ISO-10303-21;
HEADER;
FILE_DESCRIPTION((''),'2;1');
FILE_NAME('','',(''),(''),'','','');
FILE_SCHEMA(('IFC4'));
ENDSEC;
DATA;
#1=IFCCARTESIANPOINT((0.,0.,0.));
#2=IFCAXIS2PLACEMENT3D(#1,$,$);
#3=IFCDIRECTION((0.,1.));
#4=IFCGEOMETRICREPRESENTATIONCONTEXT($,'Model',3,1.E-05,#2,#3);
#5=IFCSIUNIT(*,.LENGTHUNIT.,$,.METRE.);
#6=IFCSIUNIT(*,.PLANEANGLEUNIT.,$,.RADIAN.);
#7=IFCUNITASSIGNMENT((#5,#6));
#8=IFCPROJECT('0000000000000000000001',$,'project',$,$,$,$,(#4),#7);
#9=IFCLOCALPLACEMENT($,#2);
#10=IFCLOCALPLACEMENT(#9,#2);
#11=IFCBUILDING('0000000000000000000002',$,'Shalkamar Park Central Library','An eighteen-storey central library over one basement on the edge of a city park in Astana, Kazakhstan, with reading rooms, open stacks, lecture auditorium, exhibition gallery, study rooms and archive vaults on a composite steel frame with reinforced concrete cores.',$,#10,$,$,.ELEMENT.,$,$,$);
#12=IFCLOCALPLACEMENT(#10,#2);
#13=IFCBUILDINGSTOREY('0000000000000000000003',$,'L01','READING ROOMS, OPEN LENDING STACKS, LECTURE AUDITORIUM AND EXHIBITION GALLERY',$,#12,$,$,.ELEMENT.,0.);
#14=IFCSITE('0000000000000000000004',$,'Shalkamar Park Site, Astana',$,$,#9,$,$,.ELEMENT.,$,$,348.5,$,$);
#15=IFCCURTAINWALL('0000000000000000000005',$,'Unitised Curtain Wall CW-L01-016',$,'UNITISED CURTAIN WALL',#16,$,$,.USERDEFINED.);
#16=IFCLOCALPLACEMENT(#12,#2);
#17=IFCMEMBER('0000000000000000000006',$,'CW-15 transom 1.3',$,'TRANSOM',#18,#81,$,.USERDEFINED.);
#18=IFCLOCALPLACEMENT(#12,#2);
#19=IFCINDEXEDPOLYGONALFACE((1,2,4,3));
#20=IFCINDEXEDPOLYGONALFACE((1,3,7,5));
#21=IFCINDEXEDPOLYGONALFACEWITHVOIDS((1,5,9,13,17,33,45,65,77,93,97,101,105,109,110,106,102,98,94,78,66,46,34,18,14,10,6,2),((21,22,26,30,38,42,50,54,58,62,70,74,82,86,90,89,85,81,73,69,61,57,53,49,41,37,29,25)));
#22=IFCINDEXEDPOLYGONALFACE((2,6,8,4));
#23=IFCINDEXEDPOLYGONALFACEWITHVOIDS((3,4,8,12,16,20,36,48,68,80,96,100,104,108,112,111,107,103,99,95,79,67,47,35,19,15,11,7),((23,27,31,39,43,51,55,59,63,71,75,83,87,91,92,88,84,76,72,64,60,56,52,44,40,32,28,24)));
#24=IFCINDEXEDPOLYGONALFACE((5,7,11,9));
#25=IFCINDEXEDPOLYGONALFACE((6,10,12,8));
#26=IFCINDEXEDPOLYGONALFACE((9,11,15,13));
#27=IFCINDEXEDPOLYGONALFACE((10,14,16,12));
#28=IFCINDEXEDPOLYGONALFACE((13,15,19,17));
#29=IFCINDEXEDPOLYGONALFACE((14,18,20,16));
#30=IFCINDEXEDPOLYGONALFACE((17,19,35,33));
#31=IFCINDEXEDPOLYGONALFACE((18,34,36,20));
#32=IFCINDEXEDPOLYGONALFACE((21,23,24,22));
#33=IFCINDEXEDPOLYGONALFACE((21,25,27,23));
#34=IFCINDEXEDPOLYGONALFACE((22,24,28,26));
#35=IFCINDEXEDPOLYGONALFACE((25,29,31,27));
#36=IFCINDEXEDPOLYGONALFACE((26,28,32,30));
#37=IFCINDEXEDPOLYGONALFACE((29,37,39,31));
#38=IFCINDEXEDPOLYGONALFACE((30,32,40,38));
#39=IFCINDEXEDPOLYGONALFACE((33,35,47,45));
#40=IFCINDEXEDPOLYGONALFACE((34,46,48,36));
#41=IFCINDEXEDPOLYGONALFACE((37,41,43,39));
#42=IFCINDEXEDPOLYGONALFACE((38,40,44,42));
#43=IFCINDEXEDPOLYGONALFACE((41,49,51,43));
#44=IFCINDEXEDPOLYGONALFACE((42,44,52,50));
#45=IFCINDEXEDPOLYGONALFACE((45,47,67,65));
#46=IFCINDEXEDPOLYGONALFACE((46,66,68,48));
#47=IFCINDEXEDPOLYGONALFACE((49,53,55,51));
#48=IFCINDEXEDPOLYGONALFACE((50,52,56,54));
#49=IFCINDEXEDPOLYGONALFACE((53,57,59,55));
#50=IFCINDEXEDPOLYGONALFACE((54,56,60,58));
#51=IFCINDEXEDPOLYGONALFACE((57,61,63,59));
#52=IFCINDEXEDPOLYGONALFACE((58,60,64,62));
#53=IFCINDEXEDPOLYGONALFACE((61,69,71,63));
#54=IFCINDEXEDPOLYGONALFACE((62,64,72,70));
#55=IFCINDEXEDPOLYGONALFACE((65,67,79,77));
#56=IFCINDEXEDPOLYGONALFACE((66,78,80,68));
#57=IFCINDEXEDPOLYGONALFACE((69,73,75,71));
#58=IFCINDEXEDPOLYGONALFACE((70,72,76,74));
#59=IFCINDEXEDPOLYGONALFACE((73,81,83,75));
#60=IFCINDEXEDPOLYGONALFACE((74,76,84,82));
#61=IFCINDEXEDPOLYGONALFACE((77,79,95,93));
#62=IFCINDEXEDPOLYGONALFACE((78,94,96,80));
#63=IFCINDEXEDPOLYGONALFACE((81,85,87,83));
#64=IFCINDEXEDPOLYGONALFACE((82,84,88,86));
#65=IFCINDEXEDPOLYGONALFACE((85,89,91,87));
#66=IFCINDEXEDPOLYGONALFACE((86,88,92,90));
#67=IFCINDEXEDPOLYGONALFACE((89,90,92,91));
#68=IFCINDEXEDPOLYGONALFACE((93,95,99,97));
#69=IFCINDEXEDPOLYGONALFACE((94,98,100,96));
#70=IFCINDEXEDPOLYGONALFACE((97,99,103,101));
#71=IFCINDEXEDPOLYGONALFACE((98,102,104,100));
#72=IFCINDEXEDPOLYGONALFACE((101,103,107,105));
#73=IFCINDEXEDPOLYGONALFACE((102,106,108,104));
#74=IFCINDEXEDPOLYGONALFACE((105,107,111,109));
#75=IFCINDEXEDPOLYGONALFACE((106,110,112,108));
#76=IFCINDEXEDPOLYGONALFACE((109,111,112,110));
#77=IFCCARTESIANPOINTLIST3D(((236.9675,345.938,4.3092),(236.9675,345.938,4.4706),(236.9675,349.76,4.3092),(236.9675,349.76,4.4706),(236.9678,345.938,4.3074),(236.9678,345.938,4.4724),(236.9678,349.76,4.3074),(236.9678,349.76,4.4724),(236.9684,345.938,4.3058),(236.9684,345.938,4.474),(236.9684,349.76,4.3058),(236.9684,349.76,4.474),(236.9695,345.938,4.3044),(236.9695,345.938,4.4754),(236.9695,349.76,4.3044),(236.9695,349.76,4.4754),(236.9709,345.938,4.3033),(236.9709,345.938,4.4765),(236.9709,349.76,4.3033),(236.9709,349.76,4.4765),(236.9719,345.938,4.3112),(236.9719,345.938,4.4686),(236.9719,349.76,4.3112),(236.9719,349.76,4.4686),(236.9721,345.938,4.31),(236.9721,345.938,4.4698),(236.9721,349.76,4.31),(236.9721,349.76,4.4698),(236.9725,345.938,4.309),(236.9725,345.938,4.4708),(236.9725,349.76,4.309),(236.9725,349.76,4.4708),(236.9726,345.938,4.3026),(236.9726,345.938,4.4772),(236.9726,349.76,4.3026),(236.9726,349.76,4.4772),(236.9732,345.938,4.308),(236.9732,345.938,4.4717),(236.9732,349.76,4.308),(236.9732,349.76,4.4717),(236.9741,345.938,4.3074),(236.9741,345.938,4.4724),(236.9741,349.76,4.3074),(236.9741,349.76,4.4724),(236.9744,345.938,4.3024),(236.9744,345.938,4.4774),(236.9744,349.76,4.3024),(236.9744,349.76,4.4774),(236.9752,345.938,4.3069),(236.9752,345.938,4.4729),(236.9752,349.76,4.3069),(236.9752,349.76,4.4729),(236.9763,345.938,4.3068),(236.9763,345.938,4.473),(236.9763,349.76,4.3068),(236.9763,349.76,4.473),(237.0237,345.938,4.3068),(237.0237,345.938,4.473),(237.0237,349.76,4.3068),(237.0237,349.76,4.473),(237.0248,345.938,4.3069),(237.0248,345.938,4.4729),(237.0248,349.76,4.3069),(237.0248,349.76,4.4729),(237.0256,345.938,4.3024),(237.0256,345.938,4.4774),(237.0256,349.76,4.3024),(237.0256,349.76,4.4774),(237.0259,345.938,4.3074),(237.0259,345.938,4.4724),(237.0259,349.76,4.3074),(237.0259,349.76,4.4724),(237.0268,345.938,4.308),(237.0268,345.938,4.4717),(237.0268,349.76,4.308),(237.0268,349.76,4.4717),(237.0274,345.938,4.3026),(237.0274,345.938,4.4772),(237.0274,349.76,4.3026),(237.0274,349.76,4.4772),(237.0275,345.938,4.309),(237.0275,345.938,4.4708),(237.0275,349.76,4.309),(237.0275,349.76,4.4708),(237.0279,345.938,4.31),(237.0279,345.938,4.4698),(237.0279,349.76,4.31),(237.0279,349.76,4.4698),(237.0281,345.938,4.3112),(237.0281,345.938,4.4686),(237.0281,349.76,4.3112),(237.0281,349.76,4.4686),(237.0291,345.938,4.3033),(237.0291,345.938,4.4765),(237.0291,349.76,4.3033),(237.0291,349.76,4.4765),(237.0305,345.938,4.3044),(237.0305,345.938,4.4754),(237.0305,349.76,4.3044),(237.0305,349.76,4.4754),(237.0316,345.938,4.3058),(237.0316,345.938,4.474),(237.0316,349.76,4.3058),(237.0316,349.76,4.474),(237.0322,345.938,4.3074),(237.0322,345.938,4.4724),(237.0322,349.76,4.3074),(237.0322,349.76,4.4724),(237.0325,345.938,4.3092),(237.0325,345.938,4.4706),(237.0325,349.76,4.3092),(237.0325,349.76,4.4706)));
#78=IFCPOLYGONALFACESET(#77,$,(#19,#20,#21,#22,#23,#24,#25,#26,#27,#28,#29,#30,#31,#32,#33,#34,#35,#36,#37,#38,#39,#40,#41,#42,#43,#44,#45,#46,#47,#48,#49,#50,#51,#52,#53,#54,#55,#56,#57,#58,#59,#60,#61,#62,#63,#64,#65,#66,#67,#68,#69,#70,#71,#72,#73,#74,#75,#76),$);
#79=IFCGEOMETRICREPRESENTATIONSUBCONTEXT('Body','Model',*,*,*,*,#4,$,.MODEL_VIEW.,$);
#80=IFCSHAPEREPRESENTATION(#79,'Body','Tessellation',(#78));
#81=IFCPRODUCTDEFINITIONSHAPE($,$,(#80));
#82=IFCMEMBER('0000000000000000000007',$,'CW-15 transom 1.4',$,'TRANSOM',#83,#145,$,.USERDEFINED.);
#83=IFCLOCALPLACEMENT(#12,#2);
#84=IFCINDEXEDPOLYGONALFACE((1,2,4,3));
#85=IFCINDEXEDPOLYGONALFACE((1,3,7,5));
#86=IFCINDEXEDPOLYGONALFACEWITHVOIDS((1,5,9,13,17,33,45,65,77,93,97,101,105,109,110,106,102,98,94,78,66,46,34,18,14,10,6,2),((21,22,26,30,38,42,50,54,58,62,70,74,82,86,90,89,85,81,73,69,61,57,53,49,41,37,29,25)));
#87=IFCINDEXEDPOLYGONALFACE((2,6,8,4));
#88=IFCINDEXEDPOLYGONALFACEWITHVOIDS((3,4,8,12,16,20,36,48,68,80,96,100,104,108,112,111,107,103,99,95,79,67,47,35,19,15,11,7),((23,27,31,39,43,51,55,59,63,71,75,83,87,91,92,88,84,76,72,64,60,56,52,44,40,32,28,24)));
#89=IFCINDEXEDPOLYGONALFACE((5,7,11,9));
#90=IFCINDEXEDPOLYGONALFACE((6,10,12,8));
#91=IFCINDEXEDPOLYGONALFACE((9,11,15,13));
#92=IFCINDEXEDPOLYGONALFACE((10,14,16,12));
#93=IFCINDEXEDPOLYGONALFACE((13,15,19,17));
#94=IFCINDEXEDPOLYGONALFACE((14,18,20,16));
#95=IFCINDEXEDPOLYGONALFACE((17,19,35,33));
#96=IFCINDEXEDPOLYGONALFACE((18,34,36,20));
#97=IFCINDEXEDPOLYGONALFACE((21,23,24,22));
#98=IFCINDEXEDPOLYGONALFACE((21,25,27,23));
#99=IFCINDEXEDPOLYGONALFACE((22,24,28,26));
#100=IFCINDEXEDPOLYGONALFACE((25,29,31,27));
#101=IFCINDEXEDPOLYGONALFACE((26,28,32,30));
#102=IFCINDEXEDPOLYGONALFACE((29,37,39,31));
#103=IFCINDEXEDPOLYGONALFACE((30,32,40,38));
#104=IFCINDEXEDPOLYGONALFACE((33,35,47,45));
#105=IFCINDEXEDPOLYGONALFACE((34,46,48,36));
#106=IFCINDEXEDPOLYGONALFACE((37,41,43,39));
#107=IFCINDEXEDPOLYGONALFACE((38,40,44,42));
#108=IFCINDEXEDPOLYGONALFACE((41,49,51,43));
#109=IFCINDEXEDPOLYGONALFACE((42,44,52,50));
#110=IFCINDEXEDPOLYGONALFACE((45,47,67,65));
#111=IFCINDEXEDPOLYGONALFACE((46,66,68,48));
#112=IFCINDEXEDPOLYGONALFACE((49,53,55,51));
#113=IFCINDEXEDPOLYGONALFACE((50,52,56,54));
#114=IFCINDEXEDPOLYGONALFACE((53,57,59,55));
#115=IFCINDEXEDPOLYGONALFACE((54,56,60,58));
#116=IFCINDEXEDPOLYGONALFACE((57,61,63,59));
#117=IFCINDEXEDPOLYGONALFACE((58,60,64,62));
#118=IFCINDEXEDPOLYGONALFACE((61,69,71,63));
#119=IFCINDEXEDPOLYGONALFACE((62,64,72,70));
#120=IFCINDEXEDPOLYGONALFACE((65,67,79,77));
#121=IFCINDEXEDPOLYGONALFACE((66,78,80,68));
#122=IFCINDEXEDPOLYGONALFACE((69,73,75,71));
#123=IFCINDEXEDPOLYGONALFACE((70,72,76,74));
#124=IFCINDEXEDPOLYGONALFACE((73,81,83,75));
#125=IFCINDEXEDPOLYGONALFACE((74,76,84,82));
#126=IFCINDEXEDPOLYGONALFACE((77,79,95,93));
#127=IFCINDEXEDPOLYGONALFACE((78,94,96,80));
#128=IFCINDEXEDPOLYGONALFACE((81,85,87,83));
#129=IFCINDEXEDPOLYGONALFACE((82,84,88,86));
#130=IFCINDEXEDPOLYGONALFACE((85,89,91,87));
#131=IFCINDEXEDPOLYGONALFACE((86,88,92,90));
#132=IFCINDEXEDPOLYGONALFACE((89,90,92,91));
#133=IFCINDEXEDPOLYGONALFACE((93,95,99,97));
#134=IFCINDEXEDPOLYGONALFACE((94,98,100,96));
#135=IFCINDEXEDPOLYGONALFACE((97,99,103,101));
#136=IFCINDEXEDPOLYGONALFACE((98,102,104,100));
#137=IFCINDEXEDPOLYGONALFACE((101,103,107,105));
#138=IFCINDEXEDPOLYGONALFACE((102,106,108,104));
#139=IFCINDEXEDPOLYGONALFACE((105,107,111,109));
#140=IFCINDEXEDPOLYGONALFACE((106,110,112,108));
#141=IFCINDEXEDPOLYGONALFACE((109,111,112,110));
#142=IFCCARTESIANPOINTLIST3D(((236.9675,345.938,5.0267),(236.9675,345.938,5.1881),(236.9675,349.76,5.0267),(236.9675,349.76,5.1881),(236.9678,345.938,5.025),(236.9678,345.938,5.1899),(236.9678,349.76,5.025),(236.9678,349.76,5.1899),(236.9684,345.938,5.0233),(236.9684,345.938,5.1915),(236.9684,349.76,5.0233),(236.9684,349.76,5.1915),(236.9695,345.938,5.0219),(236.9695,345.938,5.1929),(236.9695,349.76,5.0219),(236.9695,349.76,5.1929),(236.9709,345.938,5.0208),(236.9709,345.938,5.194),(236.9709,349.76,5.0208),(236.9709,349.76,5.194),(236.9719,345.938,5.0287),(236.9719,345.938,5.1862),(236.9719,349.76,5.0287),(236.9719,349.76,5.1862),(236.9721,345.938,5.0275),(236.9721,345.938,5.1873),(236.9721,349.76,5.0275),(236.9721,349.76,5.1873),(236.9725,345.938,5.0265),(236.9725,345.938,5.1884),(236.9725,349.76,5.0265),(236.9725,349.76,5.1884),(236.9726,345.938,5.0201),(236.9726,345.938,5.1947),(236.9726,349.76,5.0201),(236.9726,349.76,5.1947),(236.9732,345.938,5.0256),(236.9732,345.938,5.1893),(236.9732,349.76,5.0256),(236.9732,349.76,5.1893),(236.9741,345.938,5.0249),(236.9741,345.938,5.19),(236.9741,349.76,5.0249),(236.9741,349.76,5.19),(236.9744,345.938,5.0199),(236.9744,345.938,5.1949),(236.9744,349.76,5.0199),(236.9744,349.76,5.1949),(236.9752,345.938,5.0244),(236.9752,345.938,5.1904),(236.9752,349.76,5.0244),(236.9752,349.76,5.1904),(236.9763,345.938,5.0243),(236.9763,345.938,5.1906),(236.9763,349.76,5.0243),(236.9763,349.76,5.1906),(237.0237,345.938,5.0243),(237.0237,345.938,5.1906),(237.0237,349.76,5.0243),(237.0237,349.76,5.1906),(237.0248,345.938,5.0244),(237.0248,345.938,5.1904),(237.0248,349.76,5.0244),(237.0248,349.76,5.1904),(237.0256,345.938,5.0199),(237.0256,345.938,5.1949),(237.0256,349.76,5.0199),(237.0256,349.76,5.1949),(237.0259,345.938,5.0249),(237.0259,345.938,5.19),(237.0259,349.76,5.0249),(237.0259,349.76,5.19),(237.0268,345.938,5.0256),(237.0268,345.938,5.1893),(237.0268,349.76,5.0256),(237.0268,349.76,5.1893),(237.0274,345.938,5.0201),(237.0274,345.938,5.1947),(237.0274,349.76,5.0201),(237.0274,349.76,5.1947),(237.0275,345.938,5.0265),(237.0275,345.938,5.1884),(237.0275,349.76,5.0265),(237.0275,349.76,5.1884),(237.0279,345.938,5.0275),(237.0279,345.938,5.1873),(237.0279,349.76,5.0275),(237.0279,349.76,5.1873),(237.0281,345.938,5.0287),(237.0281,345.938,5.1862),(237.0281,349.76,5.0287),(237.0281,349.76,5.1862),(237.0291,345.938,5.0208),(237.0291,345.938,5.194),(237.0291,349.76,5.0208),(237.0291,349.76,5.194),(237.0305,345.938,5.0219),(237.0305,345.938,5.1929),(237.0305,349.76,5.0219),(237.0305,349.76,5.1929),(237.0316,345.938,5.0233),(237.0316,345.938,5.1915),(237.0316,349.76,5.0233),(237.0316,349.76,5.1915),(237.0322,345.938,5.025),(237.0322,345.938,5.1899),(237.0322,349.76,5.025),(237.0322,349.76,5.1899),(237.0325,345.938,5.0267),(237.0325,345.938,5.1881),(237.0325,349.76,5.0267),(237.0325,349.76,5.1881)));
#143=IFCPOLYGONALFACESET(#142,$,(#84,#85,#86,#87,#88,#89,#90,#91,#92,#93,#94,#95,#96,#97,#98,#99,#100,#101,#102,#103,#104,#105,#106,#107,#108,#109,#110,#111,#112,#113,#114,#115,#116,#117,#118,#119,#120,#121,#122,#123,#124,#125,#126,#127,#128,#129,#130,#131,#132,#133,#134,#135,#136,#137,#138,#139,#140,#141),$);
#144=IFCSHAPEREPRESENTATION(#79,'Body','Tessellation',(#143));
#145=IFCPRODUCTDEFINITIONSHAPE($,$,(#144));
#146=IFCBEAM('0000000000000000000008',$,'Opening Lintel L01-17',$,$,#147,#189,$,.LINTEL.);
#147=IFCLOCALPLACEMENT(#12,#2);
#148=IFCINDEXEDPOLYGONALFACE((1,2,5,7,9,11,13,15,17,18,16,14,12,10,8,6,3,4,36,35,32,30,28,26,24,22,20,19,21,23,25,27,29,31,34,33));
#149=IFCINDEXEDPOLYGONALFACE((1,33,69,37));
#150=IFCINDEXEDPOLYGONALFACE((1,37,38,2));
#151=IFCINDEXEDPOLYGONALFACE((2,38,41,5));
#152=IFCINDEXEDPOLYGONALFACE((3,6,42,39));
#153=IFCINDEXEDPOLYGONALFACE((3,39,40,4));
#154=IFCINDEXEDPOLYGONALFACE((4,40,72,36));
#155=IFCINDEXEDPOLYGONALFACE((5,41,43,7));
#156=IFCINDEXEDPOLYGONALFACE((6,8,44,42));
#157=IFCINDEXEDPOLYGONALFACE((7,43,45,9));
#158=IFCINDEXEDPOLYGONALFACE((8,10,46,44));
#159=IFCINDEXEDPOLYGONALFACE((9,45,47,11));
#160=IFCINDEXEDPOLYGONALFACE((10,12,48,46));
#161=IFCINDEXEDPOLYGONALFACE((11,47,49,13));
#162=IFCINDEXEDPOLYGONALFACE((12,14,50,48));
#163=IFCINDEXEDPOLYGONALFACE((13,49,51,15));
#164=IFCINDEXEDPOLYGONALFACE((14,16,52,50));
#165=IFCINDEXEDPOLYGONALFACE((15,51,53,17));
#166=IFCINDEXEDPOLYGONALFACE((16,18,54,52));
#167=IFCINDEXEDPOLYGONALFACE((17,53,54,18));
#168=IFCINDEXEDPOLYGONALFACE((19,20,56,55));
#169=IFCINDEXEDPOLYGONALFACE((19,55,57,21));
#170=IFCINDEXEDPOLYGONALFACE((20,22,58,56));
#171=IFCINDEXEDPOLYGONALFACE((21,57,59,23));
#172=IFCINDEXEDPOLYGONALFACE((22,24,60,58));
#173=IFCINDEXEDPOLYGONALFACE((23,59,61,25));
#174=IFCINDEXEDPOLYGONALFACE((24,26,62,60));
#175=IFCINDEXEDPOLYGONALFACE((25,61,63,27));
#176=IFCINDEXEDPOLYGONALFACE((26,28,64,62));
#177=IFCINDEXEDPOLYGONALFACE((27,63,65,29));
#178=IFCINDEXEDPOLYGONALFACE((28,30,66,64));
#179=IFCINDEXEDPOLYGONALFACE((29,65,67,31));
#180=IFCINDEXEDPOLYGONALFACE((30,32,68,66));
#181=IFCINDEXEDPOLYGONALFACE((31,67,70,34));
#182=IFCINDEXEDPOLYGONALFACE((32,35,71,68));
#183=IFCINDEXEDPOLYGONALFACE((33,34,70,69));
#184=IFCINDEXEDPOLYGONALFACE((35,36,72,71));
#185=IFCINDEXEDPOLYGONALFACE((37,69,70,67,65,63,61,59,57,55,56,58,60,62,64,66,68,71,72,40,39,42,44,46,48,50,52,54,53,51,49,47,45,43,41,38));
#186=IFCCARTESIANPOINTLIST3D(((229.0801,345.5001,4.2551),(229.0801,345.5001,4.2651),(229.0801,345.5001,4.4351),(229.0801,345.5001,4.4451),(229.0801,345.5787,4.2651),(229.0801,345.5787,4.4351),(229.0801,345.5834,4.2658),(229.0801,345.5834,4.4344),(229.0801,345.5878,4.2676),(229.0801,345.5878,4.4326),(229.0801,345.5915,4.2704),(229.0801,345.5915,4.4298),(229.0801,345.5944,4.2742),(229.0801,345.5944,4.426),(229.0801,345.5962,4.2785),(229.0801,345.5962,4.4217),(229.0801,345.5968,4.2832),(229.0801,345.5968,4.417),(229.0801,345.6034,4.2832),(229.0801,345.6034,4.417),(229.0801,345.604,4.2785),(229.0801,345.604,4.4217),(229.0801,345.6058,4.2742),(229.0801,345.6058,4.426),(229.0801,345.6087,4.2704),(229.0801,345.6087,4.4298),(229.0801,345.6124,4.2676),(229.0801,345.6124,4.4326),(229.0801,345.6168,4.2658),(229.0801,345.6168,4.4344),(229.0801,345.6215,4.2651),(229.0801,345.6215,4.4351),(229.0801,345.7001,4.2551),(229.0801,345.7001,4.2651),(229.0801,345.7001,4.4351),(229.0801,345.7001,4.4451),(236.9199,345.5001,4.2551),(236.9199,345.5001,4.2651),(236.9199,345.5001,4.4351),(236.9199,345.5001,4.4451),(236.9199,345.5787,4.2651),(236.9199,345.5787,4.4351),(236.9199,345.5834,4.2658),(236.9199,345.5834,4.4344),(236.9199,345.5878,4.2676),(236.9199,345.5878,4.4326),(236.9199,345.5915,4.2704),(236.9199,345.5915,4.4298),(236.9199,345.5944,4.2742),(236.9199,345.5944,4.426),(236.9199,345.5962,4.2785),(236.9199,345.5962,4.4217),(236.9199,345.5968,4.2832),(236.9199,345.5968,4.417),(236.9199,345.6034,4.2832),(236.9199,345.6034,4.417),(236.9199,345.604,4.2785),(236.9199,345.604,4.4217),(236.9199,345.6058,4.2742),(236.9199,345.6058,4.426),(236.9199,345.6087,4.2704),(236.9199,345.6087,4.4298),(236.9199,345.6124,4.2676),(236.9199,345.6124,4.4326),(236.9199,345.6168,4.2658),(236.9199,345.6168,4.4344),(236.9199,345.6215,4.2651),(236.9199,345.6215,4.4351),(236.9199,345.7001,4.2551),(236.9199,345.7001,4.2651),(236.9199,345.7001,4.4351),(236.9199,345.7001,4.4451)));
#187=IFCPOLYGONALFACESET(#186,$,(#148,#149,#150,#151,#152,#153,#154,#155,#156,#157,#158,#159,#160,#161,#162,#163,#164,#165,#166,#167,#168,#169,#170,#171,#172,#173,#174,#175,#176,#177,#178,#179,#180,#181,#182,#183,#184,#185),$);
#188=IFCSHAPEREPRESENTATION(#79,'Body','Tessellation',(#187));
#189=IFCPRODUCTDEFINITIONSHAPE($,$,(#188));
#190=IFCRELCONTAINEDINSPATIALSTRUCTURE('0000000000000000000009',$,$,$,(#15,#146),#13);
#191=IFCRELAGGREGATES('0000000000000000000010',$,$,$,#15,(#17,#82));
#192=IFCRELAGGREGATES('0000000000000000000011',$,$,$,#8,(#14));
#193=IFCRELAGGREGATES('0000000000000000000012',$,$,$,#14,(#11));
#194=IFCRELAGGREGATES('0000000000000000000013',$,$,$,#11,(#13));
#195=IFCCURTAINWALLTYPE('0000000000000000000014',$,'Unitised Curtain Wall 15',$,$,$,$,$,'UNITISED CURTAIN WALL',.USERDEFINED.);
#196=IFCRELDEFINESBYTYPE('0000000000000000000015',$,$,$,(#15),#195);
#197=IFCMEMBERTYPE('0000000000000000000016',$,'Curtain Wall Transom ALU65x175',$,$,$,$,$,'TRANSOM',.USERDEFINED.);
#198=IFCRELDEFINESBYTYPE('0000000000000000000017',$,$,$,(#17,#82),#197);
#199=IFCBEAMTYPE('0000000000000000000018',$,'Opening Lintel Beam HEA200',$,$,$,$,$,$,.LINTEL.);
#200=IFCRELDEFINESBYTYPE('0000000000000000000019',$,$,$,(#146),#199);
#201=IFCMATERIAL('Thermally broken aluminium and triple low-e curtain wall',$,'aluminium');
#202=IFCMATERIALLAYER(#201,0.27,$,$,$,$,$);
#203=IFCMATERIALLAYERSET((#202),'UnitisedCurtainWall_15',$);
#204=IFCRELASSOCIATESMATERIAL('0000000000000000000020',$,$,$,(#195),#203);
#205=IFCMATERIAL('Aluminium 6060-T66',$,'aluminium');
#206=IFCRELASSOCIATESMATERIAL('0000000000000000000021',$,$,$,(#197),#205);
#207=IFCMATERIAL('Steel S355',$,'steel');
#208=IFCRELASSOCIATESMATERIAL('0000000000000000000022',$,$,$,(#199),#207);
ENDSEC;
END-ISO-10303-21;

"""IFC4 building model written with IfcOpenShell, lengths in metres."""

from ifc_helpers import new_model, si_unit, direction, frame, origin, origin_2d, place, context, subcontext, project, spatial, hollow_rectangle, i_section, extrude, material, layer, layer_set, material_profile, profile_set, type_object, element, aggregate, save


model = new_model("IFC4")

# Units and contexts
model_context = context("Model", 3, precision=1e-05, world=origin(), true_north=direction((0.0, 1.0)))
body_context = subcontext(model_context, "Body", "Model", "MODEL_VIEW")
ifc_project = project(units=[si_unit("LENGTHUNIT", "METRE"), si_unit("PLANEANGLEUNIT", "RADIAN")], contexts=[model_context])

# Site, building, storey
site_placement = place(None, origin())
site = spatial("IfcSite", under=ifc_project, at=site_placement, Name="Shalkamar Park Site, Astana", CompositionType="ELEMENT", RefElevation=348.5)
building_placement = place(site_placement, origin())
building = spatial("IfcBuilding", under=site, at=building_placement, Name="Shalkamar Park Central Library", Description="An eighteen-storey central library over one basement on the edge of a city park in Astana, Kazakhstan, with reading rooms, open stacks, lecture auditorium, exhibition gallery, study rooms and archive vaults on a composite steel frame with reinforced concrete cores.", CompositionType="ELEMENT")
storey_placement = place(building_placement, origin())
storey = spatial("IfcBuildingStorey", under=building, at=storey_placement, Name="L01", Description="READING ROOMS, OPEN LENDING STACKS, LECTURE AUDITORIUM AND EXHIBITION GALLERY", CompositionType="ELEMENT", Elevation=0.0)

# Shared definitions
ifc_material_1 = material(Name="Steel S355", Category="steel")

# Curtain wall
ifc_material_2 = material(Name="Thermally broken aluminium and triple low-e curtain wall", Category="aluminium")
ifc_material_3 = material(Name="Aluminium 6060-T66", Category="aluminium")
ifc_layer_1 = layer(ifc_material_2, 0.27)
ifc_layer_set_1 = layer_set([ifc_layer_1], Name="UnitisedCurtainWall_15")
curtain_wall_type_1 = type_object("IfcCurtainWallType", Name="Unitised Curtain Wall 15", ElementType="UNITISED CURTAIN WALL", PredefinedType="USERDEFINED", material=ifc_layer_set_1)
curtain_wall_1_placement = place(storey_placement, origin())
curtain_wall_1 = element("IfcCurtainWall", 1, at=curtain_wall_1_placement, inside=storey, type_object=curtain_wall_type_1, Name="Unitised Curtain Wall CW-L01-016", ObjectType="UNITISED CURTAIN WALL", PredefinedType="USERDEFINED")

# Members
ifc_material_profile_1 = material_profile(ifc_material_3, hollow_rectangle(XDim=0.0649, YDim=0.175, WallThickness=0.0044, InnerFilletRadius=0.0044, OuterFilletRadius=0.0068, at=origin_2d()), Name="ALU 65x175x4.5")
ifc_profile_set_1 = profile_set([ifc_material_profile_1], Name="Aluminium 6060-T66")
member_type_1 = type_object("IfcMemberType", Name="Curtain Wall Transom ALU65x175", ElementType="TRANSOM", PredefinedType="USERDEFINED", material=ifc_profile_set_1)
member_1_placement = place(storey_placement, frame((237.0, 345.938, 4.3899), z_axis=(0.0, 1.0, 0.0), x_axis=(-1.0, 0.0, 0.0)))
member_1 = element("IfcMember", 2, at=member_1_placement, type_object=member_type_1, Name="CW-15 transom 1.3", ObjectType="TRANSOM", PredefinedType="USERDEFINED", context=body_context, shape_type="SweptSolid", body=[
    extrude(hollow_rectangle(XDim=0.0649, YDim=0.175, WallThickness=0.0044, InnerFilletRadius=0.0044, OuterFilletRadius=0.0068, at=origin_2d()), origin(), (0.0, 0.0, 1.0), 3.822),
])
member_2_placement = place(storey_placement, frame((237.0, 345.938, 5.1074), z_axis=(0.0, 1.0, 0.0), x_axis=(-1.0, 0.0, 0.0)))
member_2 = element("IfcMember", 3, at=member_2_placement, type_object=member_type_1, Name="CW-15 transom 1.4", ObjectType="TRANSOM", PredefinedType="USERDEFINED", context=body_context, shape_type="SweptSolid", body=[
    extrude(hollow_rectangle(XDim=0.0649, YDim=0.175, WallThickness=0.0044, InnerFilletRadius=0.0044, OuterFilletRadius=0.0068, at=origin_2d()), origin(), (0.0, 0.0, 1.0), 3.822),
])

# Beam
ifc_material_profile_2 = material_profile(ifc_material_1, i_section(OverallWidth=0.2, OverallDepth=0.1899, WebThickness=0.0066, FlangeThickness=0.01, FilletRadius=0.0181, at=origin_2d()), Name="HEA 200")
ifc_profile_set_2 = profile_set([ifc_material_profile_2], Name="Steel S355")
beam_type_1 = type_object("IfcBeamType", Name="Opening Lintel Beam HEA200", PredefinedType="LINTEL", material=ifc_profile_set_2)
beam_1_placement = place(storey_placement, frame((229.0801, 345.6001, 4.3501), z_axis=(1.0, 0.0, 0.0), x_axis=(0.0, 1.0, 0.0)))
element("IfcBeam", 4, at=beam_1_placement, inside=storey, type_object=beam_type_1, Name="Opening Lintel L01-17", PredefinedType="LINTEL", context=body_context, shape_type="SweptSolid", body=[
    extrude(i_section(OverallWidth=0.2, OverallDepth=0.1899, WebThickness=0.0066, FlangeThickness=0.01, FilletRadius=0.0181, at=origin_2d()), origin(), (0.0, 0.0, 1.0), 7.8398),
])

aggregate(curtain_wall_1, [member_1, member_2])

save(model, "model.ifc")
